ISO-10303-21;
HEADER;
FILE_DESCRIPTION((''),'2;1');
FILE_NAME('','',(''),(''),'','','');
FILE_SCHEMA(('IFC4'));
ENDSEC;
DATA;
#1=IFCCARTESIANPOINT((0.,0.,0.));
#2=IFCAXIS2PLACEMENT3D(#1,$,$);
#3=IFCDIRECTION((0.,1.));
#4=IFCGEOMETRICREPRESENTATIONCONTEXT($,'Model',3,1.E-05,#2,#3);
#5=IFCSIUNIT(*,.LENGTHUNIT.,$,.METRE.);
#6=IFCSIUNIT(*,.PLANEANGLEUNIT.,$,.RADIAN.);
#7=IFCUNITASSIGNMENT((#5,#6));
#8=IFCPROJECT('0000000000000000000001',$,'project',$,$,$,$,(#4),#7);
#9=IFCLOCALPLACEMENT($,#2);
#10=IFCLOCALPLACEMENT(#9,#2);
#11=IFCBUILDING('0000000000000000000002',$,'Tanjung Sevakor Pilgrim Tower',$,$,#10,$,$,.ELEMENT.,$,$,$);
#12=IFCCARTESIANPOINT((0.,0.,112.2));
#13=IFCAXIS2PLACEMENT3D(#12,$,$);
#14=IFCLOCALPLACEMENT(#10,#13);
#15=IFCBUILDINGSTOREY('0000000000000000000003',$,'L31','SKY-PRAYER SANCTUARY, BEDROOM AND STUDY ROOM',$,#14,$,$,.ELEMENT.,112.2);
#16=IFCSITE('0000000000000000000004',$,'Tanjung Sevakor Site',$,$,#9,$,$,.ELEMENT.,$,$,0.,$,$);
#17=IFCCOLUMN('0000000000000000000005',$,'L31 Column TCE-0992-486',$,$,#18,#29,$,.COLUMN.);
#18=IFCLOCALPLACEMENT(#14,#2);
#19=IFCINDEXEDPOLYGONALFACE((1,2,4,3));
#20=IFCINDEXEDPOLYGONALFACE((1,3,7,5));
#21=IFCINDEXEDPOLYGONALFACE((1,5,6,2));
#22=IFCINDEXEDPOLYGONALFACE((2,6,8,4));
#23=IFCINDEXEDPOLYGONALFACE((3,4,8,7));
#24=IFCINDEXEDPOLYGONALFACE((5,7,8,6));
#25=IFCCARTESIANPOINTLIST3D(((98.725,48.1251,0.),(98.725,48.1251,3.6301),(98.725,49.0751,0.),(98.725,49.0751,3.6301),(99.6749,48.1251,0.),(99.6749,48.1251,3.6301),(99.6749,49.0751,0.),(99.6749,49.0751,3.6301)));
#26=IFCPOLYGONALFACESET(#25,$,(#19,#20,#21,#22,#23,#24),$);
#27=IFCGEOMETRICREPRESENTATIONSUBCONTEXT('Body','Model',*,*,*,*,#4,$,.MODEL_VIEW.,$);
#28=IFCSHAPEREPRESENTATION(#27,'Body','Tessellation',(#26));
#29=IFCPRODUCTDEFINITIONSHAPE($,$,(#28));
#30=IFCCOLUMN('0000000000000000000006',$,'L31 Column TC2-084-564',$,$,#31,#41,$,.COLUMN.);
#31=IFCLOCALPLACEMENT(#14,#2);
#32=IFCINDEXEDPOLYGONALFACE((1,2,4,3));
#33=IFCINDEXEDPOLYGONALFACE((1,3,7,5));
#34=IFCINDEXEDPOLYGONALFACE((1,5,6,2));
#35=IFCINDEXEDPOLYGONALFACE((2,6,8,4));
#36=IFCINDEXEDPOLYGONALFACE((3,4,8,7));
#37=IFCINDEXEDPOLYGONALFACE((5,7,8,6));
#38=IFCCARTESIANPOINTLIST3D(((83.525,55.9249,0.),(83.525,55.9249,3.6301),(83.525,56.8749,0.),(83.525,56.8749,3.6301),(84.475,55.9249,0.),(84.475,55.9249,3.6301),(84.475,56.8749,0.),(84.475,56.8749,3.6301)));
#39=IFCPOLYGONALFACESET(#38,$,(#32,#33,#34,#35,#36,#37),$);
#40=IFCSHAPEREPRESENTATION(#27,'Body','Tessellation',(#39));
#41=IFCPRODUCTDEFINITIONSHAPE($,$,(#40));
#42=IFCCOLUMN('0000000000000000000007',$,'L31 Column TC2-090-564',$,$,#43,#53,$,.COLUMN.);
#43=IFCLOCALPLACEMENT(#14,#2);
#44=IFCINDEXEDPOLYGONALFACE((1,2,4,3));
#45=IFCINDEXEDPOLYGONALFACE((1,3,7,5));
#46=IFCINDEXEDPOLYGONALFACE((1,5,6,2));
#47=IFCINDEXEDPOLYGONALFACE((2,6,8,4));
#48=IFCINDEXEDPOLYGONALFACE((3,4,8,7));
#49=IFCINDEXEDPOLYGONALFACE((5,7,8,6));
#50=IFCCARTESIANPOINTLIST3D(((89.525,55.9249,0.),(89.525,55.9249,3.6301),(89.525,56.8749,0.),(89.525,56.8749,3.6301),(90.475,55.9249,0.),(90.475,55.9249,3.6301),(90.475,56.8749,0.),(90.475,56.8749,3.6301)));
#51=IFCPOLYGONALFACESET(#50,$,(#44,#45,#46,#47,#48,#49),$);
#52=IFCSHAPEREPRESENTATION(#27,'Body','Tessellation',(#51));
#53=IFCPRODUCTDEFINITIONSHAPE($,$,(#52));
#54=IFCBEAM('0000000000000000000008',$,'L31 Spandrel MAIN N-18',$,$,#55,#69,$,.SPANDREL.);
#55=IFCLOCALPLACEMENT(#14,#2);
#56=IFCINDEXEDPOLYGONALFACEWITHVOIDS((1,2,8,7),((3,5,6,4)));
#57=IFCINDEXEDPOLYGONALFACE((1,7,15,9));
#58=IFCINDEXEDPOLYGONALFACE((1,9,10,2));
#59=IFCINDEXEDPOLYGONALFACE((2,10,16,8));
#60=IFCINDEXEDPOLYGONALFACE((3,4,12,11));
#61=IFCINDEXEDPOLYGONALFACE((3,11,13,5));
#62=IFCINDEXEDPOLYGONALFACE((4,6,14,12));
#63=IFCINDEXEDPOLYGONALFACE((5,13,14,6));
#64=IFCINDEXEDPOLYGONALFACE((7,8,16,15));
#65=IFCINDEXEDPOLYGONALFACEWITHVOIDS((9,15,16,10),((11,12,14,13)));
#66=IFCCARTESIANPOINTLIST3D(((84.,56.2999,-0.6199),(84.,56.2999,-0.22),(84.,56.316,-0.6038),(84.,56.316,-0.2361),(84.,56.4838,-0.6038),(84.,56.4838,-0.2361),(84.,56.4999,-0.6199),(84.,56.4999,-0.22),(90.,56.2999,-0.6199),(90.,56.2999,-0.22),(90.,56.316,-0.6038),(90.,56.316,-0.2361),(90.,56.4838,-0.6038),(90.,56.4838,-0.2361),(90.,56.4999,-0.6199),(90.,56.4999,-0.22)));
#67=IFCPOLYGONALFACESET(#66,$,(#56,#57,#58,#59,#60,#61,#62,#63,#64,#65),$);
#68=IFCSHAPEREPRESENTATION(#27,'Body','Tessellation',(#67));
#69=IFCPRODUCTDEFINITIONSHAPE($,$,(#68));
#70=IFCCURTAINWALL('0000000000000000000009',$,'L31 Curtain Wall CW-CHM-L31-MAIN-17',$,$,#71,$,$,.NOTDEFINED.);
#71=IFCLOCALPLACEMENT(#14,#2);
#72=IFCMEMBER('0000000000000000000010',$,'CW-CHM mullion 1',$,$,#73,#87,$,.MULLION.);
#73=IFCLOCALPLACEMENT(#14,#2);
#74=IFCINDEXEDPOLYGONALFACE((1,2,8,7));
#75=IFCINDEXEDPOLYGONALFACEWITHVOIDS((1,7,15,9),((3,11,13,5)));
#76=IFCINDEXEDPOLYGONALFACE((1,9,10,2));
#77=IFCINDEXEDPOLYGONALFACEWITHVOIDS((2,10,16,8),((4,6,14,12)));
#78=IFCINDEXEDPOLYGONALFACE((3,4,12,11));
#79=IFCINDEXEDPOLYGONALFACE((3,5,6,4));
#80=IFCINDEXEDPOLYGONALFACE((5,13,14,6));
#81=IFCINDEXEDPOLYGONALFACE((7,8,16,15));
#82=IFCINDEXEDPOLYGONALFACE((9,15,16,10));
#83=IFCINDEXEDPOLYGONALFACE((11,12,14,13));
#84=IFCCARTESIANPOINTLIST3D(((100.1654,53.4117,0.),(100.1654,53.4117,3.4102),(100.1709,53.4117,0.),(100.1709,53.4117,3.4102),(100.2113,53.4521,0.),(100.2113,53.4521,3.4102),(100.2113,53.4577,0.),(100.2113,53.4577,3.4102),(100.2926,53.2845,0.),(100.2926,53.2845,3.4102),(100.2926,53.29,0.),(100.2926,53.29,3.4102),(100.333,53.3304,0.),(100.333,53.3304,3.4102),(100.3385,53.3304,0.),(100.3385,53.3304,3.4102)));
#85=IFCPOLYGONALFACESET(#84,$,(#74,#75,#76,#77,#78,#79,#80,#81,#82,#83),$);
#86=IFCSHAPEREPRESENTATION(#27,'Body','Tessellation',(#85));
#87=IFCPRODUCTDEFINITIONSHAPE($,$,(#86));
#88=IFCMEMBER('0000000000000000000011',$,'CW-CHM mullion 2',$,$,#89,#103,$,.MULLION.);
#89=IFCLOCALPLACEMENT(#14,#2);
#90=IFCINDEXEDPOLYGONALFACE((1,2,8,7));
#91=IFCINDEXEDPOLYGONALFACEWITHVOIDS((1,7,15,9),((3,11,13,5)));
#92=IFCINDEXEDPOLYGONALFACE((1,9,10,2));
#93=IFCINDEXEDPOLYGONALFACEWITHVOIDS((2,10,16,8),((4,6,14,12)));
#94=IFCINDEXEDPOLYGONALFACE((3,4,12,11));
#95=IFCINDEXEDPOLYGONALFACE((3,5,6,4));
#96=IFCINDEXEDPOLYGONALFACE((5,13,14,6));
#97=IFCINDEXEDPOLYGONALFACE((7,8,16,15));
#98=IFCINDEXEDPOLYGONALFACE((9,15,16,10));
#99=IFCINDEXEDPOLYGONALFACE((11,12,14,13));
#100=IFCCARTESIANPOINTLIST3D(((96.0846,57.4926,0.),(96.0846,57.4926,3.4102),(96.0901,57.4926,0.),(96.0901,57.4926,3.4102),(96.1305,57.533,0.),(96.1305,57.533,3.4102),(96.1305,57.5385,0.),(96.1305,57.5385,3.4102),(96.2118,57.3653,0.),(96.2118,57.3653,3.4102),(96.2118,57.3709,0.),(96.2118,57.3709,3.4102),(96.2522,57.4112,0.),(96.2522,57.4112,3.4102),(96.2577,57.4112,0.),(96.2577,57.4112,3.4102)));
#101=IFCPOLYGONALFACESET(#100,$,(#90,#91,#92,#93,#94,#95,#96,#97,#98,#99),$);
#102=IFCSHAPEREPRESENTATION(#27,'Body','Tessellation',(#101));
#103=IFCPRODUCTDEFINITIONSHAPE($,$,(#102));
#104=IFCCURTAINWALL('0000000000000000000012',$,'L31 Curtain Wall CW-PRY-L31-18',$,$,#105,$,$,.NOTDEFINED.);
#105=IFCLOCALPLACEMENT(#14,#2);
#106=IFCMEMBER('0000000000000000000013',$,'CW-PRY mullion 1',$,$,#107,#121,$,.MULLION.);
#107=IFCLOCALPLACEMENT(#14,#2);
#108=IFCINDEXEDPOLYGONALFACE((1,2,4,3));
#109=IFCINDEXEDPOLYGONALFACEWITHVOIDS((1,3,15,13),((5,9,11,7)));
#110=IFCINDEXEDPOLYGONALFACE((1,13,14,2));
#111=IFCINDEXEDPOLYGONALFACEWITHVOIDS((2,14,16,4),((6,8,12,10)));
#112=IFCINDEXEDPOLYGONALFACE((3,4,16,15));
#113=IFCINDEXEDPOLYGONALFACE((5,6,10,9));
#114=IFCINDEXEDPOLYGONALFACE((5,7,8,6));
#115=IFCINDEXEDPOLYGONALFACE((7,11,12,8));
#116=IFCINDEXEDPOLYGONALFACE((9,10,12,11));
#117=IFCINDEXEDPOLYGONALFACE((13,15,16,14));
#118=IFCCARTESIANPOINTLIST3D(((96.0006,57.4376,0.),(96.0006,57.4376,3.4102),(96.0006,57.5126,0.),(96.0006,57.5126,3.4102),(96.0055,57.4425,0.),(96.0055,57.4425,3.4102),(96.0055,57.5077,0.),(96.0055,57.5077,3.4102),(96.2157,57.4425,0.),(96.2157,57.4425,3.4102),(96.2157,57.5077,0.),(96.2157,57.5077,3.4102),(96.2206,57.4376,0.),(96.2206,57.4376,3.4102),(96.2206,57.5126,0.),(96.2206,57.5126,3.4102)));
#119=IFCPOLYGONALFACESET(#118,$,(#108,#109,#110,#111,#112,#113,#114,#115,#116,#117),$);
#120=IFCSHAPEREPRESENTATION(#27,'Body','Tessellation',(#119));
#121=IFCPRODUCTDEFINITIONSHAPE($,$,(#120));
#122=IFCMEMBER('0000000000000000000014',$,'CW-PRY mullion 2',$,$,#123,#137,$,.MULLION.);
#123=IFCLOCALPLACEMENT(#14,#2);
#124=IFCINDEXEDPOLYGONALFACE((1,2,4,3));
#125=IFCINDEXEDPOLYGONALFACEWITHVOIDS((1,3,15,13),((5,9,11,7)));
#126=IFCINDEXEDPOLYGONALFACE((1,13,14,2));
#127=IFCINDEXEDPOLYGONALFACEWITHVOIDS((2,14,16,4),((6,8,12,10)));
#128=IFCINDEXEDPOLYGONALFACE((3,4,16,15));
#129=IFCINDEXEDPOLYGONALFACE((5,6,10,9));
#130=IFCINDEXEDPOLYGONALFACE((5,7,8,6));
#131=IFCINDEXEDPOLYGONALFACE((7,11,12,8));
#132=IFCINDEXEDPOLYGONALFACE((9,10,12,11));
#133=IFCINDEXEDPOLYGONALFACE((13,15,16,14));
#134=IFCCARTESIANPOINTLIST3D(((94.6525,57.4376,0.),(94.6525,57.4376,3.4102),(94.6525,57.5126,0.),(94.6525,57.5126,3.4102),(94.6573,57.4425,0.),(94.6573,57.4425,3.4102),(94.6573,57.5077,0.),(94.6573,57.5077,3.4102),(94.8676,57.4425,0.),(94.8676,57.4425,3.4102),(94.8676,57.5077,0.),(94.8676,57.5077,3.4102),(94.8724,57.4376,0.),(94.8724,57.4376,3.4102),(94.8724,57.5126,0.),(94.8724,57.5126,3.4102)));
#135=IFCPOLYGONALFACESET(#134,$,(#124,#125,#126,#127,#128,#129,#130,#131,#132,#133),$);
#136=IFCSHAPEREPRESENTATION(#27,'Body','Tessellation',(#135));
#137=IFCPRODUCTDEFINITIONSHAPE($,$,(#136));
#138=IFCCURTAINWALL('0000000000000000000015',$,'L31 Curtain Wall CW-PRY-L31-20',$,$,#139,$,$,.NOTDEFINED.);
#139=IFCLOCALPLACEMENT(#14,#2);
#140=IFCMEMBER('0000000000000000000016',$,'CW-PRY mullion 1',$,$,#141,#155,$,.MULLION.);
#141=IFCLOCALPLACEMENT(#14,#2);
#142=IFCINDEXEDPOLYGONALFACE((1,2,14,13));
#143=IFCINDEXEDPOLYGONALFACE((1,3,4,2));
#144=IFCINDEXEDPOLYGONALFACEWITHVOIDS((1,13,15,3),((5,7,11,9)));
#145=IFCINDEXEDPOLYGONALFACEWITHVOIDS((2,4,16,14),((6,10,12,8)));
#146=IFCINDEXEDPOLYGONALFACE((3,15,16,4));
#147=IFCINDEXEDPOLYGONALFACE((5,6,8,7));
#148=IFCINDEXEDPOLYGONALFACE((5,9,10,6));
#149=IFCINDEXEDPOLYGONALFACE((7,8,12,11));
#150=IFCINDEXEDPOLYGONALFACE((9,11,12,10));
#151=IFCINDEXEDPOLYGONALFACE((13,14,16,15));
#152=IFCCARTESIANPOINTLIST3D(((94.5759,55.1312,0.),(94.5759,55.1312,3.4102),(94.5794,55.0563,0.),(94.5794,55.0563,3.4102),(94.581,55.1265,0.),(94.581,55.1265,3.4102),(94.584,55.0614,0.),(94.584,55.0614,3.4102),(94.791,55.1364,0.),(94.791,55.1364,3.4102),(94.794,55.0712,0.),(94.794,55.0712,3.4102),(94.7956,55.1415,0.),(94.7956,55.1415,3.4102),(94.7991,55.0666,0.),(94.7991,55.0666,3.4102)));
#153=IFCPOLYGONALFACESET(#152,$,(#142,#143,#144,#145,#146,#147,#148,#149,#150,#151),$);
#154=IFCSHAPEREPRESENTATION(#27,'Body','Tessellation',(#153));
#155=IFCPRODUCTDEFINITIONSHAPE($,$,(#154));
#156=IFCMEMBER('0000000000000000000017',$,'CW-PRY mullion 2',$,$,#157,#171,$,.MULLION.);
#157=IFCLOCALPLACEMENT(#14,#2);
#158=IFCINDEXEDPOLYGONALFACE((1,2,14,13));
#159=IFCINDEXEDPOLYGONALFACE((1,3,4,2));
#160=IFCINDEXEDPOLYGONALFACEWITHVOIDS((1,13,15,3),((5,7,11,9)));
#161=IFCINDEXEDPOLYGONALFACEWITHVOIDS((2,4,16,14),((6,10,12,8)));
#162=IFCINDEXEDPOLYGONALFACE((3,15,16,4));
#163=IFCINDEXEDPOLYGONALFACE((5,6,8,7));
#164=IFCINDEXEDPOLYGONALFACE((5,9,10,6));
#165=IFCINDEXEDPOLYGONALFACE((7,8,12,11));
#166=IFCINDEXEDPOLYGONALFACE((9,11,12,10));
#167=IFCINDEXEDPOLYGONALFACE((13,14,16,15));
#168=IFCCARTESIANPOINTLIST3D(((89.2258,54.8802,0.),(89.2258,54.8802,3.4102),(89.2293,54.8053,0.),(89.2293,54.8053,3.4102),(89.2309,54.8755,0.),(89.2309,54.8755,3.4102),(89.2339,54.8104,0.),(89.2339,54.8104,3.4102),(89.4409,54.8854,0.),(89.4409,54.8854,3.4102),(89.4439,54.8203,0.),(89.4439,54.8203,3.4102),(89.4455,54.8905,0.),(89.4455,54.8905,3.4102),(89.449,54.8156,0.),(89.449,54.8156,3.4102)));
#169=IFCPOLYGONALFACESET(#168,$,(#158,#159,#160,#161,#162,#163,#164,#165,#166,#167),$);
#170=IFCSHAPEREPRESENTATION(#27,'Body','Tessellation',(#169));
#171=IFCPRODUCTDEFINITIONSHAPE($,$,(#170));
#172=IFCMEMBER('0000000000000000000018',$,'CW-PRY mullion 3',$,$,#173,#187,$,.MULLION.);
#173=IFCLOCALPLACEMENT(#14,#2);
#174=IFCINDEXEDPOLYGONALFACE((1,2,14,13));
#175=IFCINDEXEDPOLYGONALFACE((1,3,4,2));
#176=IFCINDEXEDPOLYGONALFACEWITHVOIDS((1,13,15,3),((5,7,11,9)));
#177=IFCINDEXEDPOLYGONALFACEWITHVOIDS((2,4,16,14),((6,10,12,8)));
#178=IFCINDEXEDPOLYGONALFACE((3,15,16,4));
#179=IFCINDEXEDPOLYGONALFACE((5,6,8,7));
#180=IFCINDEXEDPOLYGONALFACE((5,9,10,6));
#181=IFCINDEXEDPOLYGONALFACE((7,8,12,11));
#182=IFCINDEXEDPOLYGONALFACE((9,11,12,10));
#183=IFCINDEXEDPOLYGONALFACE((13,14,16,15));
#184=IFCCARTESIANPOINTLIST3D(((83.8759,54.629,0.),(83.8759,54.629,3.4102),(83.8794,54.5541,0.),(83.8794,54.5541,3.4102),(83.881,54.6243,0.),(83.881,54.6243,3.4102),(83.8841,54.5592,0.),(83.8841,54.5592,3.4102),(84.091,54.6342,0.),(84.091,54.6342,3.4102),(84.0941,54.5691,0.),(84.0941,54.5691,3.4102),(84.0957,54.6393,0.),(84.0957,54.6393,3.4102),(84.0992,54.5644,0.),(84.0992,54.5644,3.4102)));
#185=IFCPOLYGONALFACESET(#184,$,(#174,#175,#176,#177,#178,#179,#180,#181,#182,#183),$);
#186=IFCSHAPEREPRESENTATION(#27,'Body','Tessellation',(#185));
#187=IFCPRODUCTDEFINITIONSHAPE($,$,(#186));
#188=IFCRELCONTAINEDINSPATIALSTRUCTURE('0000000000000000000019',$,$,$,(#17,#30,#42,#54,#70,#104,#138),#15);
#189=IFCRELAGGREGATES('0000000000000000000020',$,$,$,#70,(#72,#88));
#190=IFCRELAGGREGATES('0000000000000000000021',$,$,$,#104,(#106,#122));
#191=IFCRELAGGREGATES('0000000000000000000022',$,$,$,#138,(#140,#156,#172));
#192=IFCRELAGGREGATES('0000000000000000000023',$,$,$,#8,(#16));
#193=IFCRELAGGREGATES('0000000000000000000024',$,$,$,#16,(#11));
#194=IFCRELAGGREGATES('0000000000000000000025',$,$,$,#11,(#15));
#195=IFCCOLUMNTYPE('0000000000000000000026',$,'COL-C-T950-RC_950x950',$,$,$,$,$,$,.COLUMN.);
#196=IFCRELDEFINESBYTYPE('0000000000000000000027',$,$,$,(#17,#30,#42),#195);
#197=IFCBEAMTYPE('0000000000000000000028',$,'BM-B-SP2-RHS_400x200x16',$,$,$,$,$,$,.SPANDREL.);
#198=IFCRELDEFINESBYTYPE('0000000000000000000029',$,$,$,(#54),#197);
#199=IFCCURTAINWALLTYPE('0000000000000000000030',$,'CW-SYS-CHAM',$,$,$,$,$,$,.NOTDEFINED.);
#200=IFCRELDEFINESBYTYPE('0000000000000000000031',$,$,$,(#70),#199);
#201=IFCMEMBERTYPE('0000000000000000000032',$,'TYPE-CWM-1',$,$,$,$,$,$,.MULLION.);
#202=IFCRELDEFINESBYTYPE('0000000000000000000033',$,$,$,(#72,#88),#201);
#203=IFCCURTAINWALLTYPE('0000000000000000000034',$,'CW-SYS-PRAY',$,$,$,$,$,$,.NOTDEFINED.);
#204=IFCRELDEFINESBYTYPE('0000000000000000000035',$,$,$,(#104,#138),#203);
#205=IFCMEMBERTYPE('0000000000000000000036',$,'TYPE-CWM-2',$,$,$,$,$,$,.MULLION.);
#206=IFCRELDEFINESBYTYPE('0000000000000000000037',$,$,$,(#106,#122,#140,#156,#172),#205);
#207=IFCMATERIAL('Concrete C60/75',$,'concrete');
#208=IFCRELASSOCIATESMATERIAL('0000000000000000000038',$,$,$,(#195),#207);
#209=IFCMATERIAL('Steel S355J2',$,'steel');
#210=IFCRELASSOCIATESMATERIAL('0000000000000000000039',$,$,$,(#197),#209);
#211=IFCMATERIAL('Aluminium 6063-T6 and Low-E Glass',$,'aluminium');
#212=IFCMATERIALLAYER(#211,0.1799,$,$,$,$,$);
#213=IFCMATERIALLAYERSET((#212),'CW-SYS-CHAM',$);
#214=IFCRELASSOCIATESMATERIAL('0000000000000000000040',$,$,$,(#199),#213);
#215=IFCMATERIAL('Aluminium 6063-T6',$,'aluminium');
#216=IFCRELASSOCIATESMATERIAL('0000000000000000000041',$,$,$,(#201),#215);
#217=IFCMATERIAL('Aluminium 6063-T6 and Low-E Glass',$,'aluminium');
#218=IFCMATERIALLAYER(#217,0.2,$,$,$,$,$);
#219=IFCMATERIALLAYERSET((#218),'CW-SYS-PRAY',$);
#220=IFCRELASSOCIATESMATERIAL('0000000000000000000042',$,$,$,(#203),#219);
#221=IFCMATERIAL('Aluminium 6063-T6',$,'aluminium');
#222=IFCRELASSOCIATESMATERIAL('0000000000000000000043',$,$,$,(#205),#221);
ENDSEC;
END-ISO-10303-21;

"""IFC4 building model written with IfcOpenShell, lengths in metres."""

from ifc_helpers import new_model, si_unit, direction, frame, origin, origin_2d, place, context, subcontext, project, spatial, rectangle, hollow_rectangle, extrude, material, layer, layer_set, material_profile, profile_set, type_object, element, aggregate, save


model = new_model("IFC4")

# Units and contexts
model_context = context("Model", 3, precision=1e-05, world=origin(), true_north=direction((0.0, 1.0)))
body_context = subcontext(model_context, "Body", "Model", "MODEL_VIEW")
ifc_project = project(units=[si_unit("LENGTHUNIT", "METRE"), si_unit("PLANEANGLEUNIT", "RADIAN")], contexts=[model_context])

# Site, building, storey
site_placement = place(None, origin())
site = spatial("IfcSite", under=ifc_project, at=site_placement, Name="Tanjung Sevakor Site", CompositionType="ELEMENT", RefElevation=0.0)
building_placement = place(site_placement, origin())
building = spatial("IfcBuilding", under=site, at=building_placement, Name="Tanjung Sevakor Pilgrim Tower", CompositionType="ELEMENT")
storey_placement = place(building_placement, frame((0.0, 0.0, 112.2)))
storey = spatial("IfcBuildingStorey", under=building, at=storey_placement, Name="L31", Description="SKY-PRAYER SANCTUARY, BEDROOM AND STUDY ROOM", CompositionType="ELEMENT", Elevation=112.2)

# Columns
ifc_material_1 = material(Name="Concrete C60/75", Category="concrete")
ifc_material_profile_1 = material_profile(ifc_material_1, rectangle(XDim=0.95, YDim=0.95, at=origin_2d()))
ifc_profile_set_1 = profile_set([ifc_material_profile_1], Name="Concrete C60/75")
column_type = type_object("IfcColumnType", Name="COL-C-T950-RC_950x950", PredefinedType="COLUMN", material=ifc_profile_set_1)
for number, where, z_axis, x_axis, name in (
    (1, (99.2, 48.6001, 0.0), (0.0, 0.0, 1.0), (1.0, 0.0, 0.0), "L31 Column TCE-0992-486"),
    (2, (84.0, 56.3999, 0.0), (0.0, 0.0, 1.0), (1.0, 0.0, 0.0), "L31 Column TC2-084-564"),
    (3, (90.0, 56.3999, 0.0), (0.0, 0.0, 1.0), (1.0, 0.0, 0.0), "L31 Column TC2-090-564"),
):
    element("IfcColumn", number, at=place(storey_placement, frame(where, z_axis=z_axis, x_axis=x_axis)), inside=storey, type_object=column_type, Name=name, PredefinedType="COLUMN", context=body_context, shape_type="SweptSolid", body=[
        extrude(rectangle(XDim=0.95, YDim=0.95, at=origin_2d()), origin(), (0.0, 0.0, 1.0), 3.6301),
    ])

# Beam
ifc_material_2 = material(Name="Steel S355J2", Category="steel")
ifc_material_profile_2 = material_profile(ifc_material_2, hollow_rectangle(XDim=0.2, YDim=0.3999, WallThickness=0.0161, at=origin_2d()))
ifc_profile_set_2 = profile_set([ifc_material_profile_2], Name="Steel S355J2")
beam_type = type_object("IfcBeamType", Name="BM-B-SP2-RHS_400x200x16", PredefinedType="SPANDREL", material=ifc_profile_set_2)
beam_placement = place(storey_placement, frame((84.0, 56.3999, -0.4199), z_axis=(1.0, 0.0, 0.0), x_axis=(0.0, 1.0, 0.0)))
element("IfcBeam", 4, at=beam_placement, inside=storey, type_object=beam_type, Name="L31 Spandrel MAIN N-18", PredefinedType="SPANDREL", context=body_context, shape_type="SweptSolid", body=[
    extrude(hollow_rectangle(XDim=0.2, YDim=0.3999, WallThickness=0.0161, at=origin_2d()), origin(), (0.0, 0.0, 1.0), 6.0),
])

# Curtain walls, members
ifc_material_3 = material(Name="Aluminium 6063-T6 and Low-E Glass", Category="aluminium")
ifc_layer_1 = layer(ifc_material_3, 0.1799)
ifc_layer_set_1 = layer_set([ifc_layer_1], Name="CW-SYS-CHAM")
curtain_wall_type_1 = type_object("IfcCurtainWallType", Name="CW-SYS-CHAM", PredefinedType="NOTDEFINED", material=ifc_layer_set_1)
curtain_wall_1_placement = place(storey_placement, origin())
curtain_wall_1 = element("IfcCurtainWall", 5, at=curtain_wall_1_placement, inside=storey, type_object=curtain_wall_type_1, Name="L31 Curtain Wall CW-CHM-L31-MAIN-17", PredefinedType="NOTDEFINED")
ifc_material_4 = material(Name="Aluminium 6063-T6", Category="aluminium")
ifc_material_profile_3 = material_profile(ifc_material_4, hollow_rectangle(XDim=0.0649, YDim=0.1799, WallThickness=0.0039, at=origin_2d()))
ifc_profile_set_3 = profile_set([ifc_material_profile_3], Name="Aluminium 6063-T6")
member_type_1 = type_object("IfcMemberType", Name="TYPE-CWM-1", PredefinedType="MULLION", material=ifc_profile_set_3)
member_1_placement = place(storey_placement, frame((100.252, 53.3711, 0.0), z_axis=(0.0, 0.0, 1.0), x_axis=(-0.707107, -0.707107, 0.0)))
member_1 = element("IfcMember", 6, at=member_1_placement, type_object=member_type_1, Name="CW-CHM mullion 1", PredefinedType="MULLION", context=body_context, shape_type="SweptSolid", body=[
    extrude(hollow_rectangle(XDim=0.0649, YDim=0.1799, WallThickness=0.0039, at=origin_2d()), origin(), (0.0, 0.0, 1.0), 3.4102),
])
member_2_placement = place(storey_placement, frame((96.1711, 57.4519, 0.0), z_axis=(0.0, 0.0, 1.0), x_axis=(-0.707107, -0.707107, 0.0)))
member_2 = element("IfcMember", 7, at=member_2_placement, type_object=member_type_1, Name="CW-CHM mullion 2", PredefinedType="MULLION", context=body_context, shape_type="SweptSolid", body=[
    extrude(hollow_rectangle(XDim=0.0649, YDim=0.1799, WallThickness=0.0039, at=origin_2d()), origin(), (0.0, 0.0, 1.0), 3.4102),
])
ifc_material_5 = material(Name="Aluminium 6063-T6 and Low-E Glass", Category="aluminium")
ifc_layer_2 = layer(ifc_material_5, 0.2)
ifc_layer_set_2 = layer_set([ifc_layer_2], Name="CW-SYS-PRAY")
curtain_wall_type_2 = type_object("IfcCurtainWallType", Name="CW-SYS-PRAY", PredefinedType="NOTDEFINED", material=ifc_layer_set_2)
curtain_wall_2_placement = place(storey_placement, origin())
curtain_wall_2 = element("IfcCurtainWall", 8, at=curtain_wall_2_placement, inside=storey, type_object=curtain_wall_type_2, Name="L31 Curtain Wall CW-PRY-L31-18", PredefinedType="NOTDEFINED")
ifc_material_6 = material(Name="Aluminium 6063-T6", Category="aluminium")
ifc_material_profile_4 = material_profile(ifc_material_6, hollow_rectangle(XDim=0.075, YDim=0.22, WallThickness=0.0049, at=origin_2d()))
ifc_profile_set_4 = profile_set([ifc_material_profile_4], Name="Aluminium 6063-T6")
member_type_2 = type_object("IfcMemberType", Name="TYPE-CWM-2", PredefinedType="MULLION", material=ifc_profile_set_4)
member_3_placement = place(storey_placement, frame((96.1106, 57.4751, 0.0), z_axis=(0.0, 0.0, 1.0), x_axis=(0.0, -1.0, 0.0)))
member_3 = element("IfcMember", 9, at=member_3_placement, type_object=member_type_2, Name="CW-PRY mullion 1", PredefinedType="MULLION", context=body_context, shape_type="SweptSolid", body=[
    extrude(hollow_rectangle(XDim=0.075, YDim=0.22, WallThickness=0.0049, at=origin_2d()), origin(), (0.0, 0.0, 1.0), 3.4102),
])
member_4_placement = place(storey_placement, frame((94.7625, 57.4751, 0.0), z_axis=(0.0, 0.0, 1.0), x_axis=(0.0, -1.0, 0.0)))
member_4 = element("IfcMember", 10, at=member_4_placement, type_object=member_type_2, Name="CW-PRY mullion 2", PredefinedType="MULLION", context=body_context, shape_type="SweptSolid", body=[
    extrude(hollow_rectangle(XDim=0.075, YDim=0.22, WallThickness=0.0049, at=origin_2d()), origin(), (0.0, 0.0, 1.0), 3.4102),
])
curtain_wall_3_placement = place(storey_placement, origin())
curtain_wall_3 = element("IfcCurtainWall", 11, at=curtain_wall_3_placement, inside=storey, type_object=curtain_wall_type_2, Name="L31 Curtain Wall CW-PRY-L31-20", PredefinedType="NOTDEFINED")
member_5_placement = place(storey_placement, frame((94.6875, 55.0989, 0.0), z_axis=(0.0, 0.0, 1.0), x_axis=(0.04689, -0.9989, 0.0)))
member_5 = element("IfcMember", 12, at=member_5_placement, type_object=member_type_2, Name="CW-PRY mullion 1", PredefinedType="MULLION", context=body_context, shape_type="SweptSolid", body=[
    extrude(hollow_rectangle(XDim=0.075, YDim=0.22, WallThickness=0.0049, at=origin_2d()), origin(), (0.0, 0.0, 1.0), 3.4102),
])
member_6_placement = place(storey_placement, frame((89.3374, 54.8479, 0.0), z_axis=(0.0, 0.0, 1.0), x_axis=(0.04689, -0.9989, 0.0)))
member_6 = element("IfcMember", 13, at=member_6_placement, type_object=member_type_2, Name="CW-PRY mullion 2", PredefinedType="MULLION", context=body_context, shape_type="SweptSolid", body=[
    extrude(hollow_rectangle(XDim=0.075, YDim=0.22, WallThickness=0.0049, at=origin_2d()), origin(), (0.0, 0.0, 1.0), 3.4102),
])
member_7_placement = place(storey_placement, frame((83.9875, 54.5967, 0.0), z_axis=(0.0, 0.0, 1.0), x_axis=(0.04689, -0.9989, 0.0)))
member_7 = element("IfcMember", 14, at=member_7_placement, type_object=member_type_2, Name="CW-PRY mullion 3", PredefinedType="MULLION", context=body_context, shape_type="SweptSolid", body=[
    extrude(hollow_rectangle(XDim=0.075, YDim=0.22, WallThickness=0.0049, at=origin_2d()), origin(), (0.0, 0.0, 1.0), 3.4102),
])

aggregate(curtain_wall_1, [member_1, member_2])
aggregate(curtain_wall_2, [member_3, member_4])
aggregate(curtain_wall_3, [member_5, member_6, member_7])

save(model, "model.ifc")
